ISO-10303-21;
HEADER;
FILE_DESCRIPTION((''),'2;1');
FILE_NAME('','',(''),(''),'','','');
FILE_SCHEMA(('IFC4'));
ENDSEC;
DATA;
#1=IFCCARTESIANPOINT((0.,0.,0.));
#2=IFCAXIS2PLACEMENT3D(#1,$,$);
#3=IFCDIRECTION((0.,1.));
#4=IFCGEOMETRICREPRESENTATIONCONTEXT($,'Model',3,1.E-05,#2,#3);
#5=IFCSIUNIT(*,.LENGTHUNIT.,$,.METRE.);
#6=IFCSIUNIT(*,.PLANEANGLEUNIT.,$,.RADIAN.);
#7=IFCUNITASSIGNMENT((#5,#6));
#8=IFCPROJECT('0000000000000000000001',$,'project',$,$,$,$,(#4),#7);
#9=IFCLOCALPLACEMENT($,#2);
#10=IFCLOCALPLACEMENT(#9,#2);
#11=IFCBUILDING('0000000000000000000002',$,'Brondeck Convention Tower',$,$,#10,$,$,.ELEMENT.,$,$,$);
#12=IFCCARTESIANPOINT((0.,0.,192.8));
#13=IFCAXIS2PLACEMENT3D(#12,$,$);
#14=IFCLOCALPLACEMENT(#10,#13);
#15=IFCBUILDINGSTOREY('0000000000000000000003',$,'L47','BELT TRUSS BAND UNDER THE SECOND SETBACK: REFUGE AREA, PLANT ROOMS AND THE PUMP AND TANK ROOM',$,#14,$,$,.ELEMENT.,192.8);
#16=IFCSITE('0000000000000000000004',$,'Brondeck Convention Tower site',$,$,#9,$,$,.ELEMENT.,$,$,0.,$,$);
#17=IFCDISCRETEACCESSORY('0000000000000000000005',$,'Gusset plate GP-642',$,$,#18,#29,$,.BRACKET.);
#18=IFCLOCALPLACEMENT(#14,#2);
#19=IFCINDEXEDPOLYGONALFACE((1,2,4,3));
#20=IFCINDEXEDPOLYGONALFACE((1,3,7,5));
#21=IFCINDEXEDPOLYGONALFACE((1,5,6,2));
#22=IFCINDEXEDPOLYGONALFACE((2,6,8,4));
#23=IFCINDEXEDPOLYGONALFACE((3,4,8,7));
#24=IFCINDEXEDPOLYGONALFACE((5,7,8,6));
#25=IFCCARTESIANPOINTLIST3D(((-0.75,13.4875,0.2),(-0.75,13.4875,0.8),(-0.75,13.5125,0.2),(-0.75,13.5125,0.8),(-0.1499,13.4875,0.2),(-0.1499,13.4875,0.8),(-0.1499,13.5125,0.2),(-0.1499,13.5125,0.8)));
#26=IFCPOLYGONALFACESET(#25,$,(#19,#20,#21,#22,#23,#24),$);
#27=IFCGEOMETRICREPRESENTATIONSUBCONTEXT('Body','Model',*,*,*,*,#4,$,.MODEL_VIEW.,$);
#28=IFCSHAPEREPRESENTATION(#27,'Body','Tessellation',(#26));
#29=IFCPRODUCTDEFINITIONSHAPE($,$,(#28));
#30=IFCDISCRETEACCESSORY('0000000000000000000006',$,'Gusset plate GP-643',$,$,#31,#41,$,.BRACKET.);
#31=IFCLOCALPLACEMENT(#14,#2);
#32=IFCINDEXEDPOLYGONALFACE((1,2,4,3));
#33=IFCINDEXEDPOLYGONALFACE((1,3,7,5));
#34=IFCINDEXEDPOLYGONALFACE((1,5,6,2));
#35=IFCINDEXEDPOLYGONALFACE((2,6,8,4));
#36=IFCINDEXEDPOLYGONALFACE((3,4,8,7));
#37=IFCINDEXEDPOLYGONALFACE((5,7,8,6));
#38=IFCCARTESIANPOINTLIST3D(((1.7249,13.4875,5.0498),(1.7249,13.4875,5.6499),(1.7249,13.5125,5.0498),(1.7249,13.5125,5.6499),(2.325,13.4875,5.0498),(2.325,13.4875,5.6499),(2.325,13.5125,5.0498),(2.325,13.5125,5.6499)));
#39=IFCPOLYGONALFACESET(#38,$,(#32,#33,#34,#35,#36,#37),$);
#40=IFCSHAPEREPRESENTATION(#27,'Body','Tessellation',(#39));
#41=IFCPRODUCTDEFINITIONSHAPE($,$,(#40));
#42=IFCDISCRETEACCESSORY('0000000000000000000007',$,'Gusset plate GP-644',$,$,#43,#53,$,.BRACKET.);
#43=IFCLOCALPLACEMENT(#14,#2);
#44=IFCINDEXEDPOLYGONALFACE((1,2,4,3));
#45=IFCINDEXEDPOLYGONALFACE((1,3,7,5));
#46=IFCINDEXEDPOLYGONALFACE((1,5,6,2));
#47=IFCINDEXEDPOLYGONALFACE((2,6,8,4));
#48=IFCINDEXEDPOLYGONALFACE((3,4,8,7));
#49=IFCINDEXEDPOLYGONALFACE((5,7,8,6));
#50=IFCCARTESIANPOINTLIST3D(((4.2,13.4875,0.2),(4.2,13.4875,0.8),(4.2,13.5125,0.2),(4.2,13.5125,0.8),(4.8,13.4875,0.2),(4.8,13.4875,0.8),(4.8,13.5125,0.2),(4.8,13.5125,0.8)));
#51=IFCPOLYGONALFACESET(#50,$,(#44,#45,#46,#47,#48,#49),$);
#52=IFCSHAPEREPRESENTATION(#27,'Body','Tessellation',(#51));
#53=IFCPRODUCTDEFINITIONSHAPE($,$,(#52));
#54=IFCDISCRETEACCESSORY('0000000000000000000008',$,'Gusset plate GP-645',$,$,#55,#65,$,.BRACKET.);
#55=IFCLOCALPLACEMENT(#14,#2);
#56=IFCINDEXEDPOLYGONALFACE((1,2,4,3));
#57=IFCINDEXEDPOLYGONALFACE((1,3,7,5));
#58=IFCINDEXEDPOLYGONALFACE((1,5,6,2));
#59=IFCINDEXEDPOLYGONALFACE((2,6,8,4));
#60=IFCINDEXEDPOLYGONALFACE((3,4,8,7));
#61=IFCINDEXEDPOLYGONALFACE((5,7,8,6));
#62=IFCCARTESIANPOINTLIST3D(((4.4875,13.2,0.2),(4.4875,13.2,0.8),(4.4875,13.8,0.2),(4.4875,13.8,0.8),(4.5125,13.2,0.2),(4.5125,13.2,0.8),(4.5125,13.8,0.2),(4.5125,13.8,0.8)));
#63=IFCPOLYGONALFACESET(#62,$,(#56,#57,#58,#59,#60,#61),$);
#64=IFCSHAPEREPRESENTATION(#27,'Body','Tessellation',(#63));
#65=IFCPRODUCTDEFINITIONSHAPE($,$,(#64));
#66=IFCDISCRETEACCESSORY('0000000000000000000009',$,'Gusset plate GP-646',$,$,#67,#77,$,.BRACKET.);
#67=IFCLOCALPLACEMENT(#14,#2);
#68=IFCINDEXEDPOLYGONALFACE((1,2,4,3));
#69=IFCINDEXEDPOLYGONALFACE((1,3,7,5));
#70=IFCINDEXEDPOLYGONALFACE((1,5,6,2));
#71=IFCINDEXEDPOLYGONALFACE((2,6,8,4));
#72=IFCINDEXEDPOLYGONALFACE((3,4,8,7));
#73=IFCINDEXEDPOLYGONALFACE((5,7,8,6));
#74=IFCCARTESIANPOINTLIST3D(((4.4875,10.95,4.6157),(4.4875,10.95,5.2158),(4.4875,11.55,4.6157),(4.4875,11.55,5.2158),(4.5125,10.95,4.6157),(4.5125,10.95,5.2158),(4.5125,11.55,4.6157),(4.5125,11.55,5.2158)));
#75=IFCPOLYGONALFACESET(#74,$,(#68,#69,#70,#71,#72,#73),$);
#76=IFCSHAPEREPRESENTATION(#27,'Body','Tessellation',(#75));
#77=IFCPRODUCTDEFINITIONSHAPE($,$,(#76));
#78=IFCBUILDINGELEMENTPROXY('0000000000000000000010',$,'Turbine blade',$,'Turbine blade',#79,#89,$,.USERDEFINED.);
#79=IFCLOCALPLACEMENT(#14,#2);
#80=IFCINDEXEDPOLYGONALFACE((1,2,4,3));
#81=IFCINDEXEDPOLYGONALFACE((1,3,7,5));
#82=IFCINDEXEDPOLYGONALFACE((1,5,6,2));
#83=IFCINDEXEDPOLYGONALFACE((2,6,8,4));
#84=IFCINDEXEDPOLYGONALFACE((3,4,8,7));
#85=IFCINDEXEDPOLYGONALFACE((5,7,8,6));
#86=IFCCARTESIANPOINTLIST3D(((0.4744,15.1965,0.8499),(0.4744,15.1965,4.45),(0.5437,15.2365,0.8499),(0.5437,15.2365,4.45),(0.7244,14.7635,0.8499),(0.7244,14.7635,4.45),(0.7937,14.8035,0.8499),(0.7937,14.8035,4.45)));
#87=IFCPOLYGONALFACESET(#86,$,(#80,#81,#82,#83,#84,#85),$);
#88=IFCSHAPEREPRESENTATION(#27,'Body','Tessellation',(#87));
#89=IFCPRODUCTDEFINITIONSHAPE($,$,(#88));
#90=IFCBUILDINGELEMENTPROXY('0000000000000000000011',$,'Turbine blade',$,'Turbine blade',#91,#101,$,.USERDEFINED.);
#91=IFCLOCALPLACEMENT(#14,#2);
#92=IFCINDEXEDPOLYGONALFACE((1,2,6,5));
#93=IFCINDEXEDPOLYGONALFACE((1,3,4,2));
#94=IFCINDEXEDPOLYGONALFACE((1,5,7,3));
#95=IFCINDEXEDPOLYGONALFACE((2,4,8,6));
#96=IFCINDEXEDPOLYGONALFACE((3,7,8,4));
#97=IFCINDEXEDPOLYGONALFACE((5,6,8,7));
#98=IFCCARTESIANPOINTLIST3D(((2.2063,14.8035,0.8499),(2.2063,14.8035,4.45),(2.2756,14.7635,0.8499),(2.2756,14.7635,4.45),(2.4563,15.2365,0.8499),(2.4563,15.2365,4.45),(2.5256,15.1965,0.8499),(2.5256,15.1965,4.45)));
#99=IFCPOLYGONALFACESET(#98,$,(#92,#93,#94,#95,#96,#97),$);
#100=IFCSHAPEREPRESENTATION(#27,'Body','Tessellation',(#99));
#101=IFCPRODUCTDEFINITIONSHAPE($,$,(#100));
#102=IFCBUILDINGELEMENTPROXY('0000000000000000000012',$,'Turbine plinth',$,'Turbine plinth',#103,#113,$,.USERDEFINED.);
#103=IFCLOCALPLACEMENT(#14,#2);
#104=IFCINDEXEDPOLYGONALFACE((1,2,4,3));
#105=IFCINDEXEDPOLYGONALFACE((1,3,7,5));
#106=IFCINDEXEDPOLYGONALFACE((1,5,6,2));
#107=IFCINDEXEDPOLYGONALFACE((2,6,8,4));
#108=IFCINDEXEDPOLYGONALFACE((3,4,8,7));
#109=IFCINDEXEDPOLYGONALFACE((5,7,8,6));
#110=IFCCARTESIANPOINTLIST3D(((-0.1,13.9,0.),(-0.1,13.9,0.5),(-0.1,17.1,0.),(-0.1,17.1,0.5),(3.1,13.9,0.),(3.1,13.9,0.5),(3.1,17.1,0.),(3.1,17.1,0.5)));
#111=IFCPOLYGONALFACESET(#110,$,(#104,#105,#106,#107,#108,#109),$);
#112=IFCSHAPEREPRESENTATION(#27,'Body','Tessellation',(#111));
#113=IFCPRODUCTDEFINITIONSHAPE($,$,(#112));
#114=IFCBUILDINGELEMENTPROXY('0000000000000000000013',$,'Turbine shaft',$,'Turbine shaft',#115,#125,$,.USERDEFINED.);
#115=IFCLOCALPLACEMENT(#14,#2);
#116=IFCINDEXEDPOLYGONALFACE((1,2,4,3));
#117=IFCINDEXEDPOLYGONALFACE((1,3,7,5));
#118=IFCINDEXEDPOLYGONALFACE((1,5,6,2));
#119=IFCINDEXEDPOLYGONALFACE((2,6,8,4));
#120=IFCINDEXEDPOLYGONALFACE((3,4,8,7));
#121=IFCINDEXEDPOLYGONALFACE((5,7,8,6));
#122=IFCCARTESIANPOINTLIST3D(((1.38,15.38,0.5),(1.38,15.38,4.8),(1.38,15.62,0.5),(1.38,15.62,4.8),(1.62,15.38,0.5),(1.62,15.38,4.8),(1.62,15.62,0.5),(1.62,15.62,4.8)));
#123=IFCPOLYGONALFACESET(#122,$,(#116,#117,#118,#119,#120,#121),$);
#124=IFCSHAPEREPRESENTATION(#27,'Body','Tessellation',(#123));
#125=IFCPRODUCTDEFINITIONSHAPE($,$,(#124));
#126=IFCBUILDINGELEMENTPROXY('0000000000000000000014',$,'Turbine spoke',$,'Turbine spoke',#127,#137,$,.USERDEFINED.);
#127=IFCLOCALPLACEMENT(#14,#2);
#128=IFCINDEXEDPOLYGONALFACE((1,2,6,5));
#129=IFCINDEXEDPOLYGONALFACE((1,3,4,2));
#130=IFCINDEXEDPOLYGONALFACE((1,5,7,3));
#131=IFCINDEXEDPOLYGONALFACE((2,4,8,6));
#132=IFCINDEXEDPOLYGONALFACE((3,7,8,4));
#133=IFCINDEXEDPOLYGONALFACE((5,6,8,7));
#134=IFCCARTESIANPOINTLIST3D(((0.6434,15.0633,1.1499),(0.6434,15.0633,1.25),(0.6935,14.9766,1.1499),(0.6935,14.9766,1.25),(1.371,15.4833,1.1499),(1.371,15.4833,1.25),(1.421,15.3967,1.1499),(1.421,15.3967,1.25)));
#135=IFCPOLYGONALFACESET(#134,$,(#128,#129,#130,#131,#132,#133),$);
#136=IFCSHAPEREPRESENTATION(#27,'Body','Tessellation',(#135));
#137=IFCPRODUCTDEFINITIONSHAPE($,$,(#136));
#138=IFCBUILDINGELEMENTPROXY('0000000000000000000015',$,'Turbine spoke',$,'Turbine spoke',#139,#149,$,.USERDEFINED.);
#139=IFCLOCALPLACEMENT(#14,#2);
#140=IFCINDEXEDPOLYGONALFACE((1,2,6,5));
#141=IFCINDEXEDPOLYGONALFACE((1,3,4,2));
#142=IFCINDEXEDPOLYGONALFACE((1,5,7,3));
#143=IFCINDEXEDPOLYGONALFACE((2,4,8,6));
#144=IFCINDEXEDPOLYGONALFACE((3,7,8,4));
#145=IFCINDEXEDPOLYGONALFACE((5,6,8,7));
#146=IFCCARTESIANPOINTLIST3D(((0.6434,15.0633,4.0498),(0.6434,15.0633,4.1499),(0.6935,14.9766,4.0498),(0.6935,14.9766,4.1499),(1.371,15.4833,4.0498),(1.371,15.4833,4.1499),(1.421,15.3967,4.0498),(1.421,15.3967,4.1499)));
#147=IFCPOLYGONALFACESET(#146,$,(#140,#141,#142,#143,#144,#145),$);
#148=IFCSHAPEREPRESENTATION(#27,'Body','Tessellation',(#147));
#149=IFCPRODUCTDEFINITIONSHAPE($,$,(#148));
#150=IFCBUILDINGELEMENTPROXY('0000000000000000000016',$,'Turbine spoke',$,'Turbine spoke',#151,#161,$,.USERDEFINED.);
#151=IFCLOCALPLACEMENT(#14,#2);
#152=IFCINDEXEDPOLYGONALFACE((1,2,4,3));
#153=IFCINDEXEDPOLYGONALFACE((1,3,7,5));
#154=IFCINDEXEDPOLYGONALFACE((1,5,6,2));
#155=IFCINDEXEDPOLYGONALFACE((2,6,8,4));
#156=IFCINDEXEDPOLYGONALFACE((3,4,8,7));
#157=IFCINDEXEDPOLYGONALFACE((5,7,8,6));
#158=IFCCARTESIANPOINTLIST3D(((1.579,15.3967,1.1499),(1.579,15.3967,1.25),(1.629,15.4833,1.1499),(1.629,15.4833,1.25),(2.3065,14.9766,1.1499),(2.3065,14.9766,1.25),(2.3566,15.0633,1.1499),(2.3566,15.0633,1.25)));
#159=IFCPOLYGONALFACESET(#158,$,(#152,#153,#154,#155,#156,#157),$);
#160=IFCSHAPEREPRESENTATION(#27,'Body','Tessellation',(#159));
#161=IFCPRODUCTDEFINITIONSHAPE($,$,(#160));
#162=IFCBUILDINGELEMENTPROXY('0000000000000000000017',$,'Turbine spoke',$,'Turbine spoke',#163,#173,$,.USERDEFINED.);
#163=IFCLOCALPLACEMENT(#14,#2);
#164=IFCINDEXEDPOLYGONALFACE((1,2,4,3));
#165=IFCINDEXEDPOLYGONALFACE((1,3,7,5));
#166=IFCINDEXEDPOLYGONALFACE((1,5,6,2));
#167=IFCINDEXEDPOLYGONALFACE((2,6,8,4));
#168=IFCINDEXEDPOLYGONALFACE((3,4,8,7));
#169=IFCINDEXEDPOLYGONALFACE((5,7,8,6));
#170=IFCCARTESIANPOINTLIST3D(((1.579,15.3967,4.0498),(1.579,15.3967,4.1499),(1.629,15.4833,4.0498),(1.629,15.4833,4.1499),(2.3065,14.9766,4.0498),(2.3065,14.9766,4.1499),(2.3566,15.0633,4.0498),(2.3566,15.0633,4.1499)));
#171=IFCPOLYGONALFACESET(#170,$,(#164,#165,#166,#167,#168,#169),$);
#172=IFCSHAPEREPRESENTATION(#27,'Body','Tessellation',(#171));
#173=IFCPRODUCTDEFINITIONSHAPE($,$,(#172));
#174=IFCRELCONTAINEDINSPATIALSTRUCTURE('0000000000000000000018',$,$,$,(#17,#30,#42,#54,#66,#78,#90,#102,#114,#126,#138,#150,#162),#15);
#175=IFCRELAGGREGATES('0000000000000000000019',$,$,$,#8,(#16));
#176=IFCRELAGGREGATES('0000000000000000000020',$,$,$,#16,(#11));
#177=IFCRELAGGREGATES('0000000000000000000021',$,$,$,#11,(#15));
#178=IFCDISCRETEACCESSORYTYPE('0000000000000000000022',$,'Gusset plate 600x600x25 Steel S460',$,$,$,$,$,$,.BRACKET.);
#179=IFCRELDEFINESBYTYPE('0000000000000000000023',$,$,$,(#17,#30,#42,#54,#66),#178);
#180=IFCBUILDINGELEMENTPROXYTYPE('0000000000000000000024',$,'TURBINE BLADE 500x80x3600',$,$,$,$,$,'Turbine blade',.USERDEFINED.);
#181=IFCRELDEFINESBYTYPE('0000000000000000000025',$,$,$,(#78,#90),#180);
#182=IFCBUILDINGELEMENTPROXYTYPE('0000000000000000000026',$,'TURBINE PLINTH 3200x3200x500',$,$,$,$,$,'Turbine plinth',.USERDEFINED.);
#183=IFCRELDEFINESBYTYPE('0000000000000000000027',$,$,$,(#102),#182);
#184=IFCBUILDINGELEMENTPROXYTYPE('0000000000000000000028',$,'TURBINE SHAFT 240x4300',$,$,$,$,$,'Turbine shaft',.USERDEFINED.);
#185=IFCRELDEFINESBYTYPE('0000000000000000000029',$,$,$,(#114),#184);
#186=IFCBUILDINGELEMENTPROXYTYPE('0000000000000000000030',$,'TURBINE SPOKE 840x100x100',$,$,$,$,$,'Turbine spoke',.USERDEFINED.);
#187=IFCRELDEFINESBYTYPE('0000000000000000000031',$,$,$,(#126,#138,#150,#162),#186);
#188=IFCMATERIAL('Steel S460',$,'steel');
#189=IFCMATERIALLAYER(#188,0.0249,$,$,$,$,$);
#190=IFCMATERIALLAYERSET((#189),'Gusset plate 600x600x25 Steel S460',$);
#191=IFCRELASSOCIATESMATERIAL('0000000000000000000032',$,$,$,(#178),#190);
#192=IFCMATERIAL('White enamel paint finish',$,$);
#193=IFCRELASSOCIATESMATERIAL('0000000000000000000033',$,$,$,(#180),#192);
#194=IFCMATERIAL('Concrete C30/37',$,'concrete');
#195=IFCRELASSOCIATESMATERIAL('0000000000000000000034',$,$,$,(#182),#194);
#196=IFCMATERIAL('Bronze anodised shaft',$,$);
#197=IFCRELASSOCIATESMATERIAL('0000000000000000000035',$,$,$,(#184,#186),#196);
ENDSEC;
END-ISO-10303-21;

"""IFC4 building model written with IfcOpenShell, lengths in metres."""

from ifc_helpers import new_model, si_unit, direction, frame, origin, origin_2d, place, context, subcontext, project, spatial, rectangle, extrude, material, layer, layer_set, type_object, element, save


model = new_model("IFC4")

# Units and contexts
model_context = context("Model", 3, precision=1e-05, world=origin(), true_north=direction((0.0, 1.0)))
body_context = subcontext(model_context, "Body", "Model", "MODEL_VIEW")
ifc_project = project(units=[si_unit("LENGTHUNIT", "METRE"), si_unit("PLANEANGLEUNIT", "RADIAN")], contexts=[model_context])

# Site, building, storey
site_placement = place(None, origin())
site = spatial("IfcSite", under=ifc_project, at=site_placement, Name="Brondeck Convention Tower site", CompositionType="ELEMENT", RefElevation=0.0)
building_placement = place(site_placement, origin())
building = spatial("IfcBuilding", under=site, at=building_placement, Name="Brondeck Convention Tower", CompositionType="ELEMENT")
storey_placement = place(building_placement, frame((0.0, 0.0, 192.8)))
storey = spatial("IfcBuildingStorey", under=building, at=storey_placement, Name="L47", Description="BELT TRUSS BAND UNDER THE SECOND SETBACK: REFUGE AREA, PLANT ROOMS AND THE PUMP AND TANK ROOM", CompositionType="ELEMENT", Elevation=192.8)

# Shared definitions
ifc_material_1 = material(Name="Steel S460", Category="steel")

# Discrete accessories
ifc_layer = layer(ifc_material_1, 0.0249)
ifc_layer_set = layer_set([ifc_layer], Name="Gusset plate 600x600x25 Steel S460")
discrete_accessory_type = type_object("IfcDiscreteAccessoryType", Name="Gusset plate 600x600x25 Steel S460", PredefinedType="BRACKET", material=ifc_layer_set)
for number, where, z_axis, x_axis, name in (
    (1, (-0.45, 13.5, 0.2), (0.0, 0.0, 1.0), (1.0, 0.0, 0.0), "Gusset plate GP-642"),
    (2, (2.0249, 13.5, 5.0498), (0.0, 0.0, 1.0), (1.0, 0.0, 0.0), "Gusset plate GP-643"),
    (3, (4.5, 13.5, 0.2), (0.0, 0.0, 1.0), (1.0, 0.0, 0.0), "Gusset plate GP-644"),
    (4, (4.5, 13.5, 0.2), (0.0, 0.0, 1.0), (0.0, 1.0, 0.0), "Gusset plate GP-645"),
    (5, (4.5, 11.25, 4.6157), (0.0, 0.0, 1.0), (0.0, 1.0, 0.0), "Gusset plate GP-646"),
):
    element("IfcDiscreteAccessory", number, at=place(storey_placement, frame(where, z_axis=z_axis, x_axis=x_axis)), inside=storey, type_object=discrete_accessory_type, Name=name, PredefinedType="BRACKET", context=body_context, shape_type="SweptSolid", body=[
        extrude(rectangle(XDim=0.6001, YDim=0.0249, at=origin_2d()), origin(), (0.0, 0.0, 1.0), 0.6001),
    ])

# Building element proxies
ifc_material_2 = material(Name="White enamel paint finish")
building_element_proxy_type_1 = type_object("IfcBuildingElementProxyType", Name="TURBINE BLADE 500x80x3600", ElementType="Turbine blade", PredefinedType="USERDEFINED", material=ifc_material_2)
for number, where, z_axis, x_axis, name in (
    (6, (0.634, 15.0, 0.8499), (0.0, 0.0, 1.0), (0.5, -0.866025, 0.0), "Turbine blade"),
    (7, (2.366, 15.0, 0.8499), (0.0, 0.0, 1.0), (0.5, 0.866025, 0.0), "Turbine blade"),
):
    element("IfcBuildingElementProxy", number, at=place(storey_placement, frame(where, z_axis=z_axis, x_axis=x_axis)), inside=storey, type_object=building_element_proxy_type_1, Name=name, ObjectType="Turbine blade", PredefinedType="USERDEFINED", context=body_context, shape_type="SweptSolid", body=[
        extrude(rectangle(XDim=0.5, YDim=0.0801, at=origin_2d()), origin(), (0.0, 0.0, 1.0), 3.6001),
    ])
ifc_material_3 = material(Name="Concrete C30/37", Category="concrete")
building_element_proxy_type_2 = type_object("IfcBuildingElementProxyType", Name="TURBINE PLINTH 3200x3200x500", ElementType="Turbine plinth", PredefinedType="USERDEFINED", material=ifc_material_3)
proxy_1_placement = place(storey_placement, frame((1.5, 15.5, 0.0), z_axis=(0.0, 0.0, 1.0), x_axis=(1.0, 0.0, 0.0)))
element("IfcBuildingElementProxy", 8, at=proxy_1_placement, inside=storey, type_object=building_element_proxy_type_2, Name="Turbine plinth", ObjectType="Turbine plinth", PredefinedType="USERDEFINED", context=body_context, shape_type="SweptSolid", body=[
    extrude(rectangle(XDim=3.2, YDim=3.2, at=origin_2d()), origin(), (0.0, 0.0, 1.0), 0.5),
])
ifc_material_4 = material(Name="Bronze anodised shaft")
building_element_proxy_type_3 = type_object("IfcBuildingElementProxyType", Name="TURBINE SHAFT 240x4300", ElementType="Turbine shaft", PredefinedType="USERDEFINED", material=ifc_material_4)
proxy_2_placement = place(storey_placement, frame((1.5, 15.5, 0.5), z_axis=(0.0, 0.0, 1.0), x_axis=(1.0, 0.0, 0.0)))
element("IfcBuildingElementProxy", 9, at=proxy_2_placement, inside=storey, type_object=building_element_proxy_type_3, Name="Turbine shaft", ObjectType="Turbine shaft", PredefinedType="USERDEFINED", context=body_context, shape_type="SweptSolid", body=[
    extrude(rectangle(XDim=0.24, YDim=0.24, at=origin_2d()), origin(), (0.0, 0.0, 1.0), 4.3),
])
building_element_proxy_type_4 = type_object("IfcBuildingElementProxyType", Name="TURBINE SPOKE 840x100x100", ElementType="Turbine spoke", PredefinedType="USERDEFINED", material=ifc_material_4)
for number, where, z_axis, x_axis, name in (
    (10, (1.0322, 15.23, 1.1499), (0.0, 0.0, 1.0), (-0.866025, -0.5, 0.0), "Turbine spoke"),
    (11, (1.0322, 15.23, 4.0498), (0.0, 0.0, 1.0), (-0.866025, -0.5, 0.0), "Turbine spoke"),
    (12, (1.9678, 15.23, 1.1499), (0.0, 0.0, 1.0), (0.866025, -0.5, 0.0), "Turbine spoke"),
    (13, (1.9678, 15.23, 4.0498), (0.0, 0.0, 1.0), (0.866025, -0.5, 0.0), "Turbine spoke"),
):
    element("IfcBuildingElementProxy", number, at=place(storey_placement, frame(where, z_axis=z_axis, x_axis=x_axis)), inside=storey, type_object=building_element_proxy_type_4, Name=name, ObjectType="Turbine spoke", PredefinedType="USERDEFINED", context=body_context, shape_type="SweptSolid", body=[
        extrude(rectangle(XDim=0.8401, YDim=0.1001, at=origin_2d()), origin(), (0.0, 0.0, 1.0), 0.1001),
    ])

save(model, "model.ifc")
